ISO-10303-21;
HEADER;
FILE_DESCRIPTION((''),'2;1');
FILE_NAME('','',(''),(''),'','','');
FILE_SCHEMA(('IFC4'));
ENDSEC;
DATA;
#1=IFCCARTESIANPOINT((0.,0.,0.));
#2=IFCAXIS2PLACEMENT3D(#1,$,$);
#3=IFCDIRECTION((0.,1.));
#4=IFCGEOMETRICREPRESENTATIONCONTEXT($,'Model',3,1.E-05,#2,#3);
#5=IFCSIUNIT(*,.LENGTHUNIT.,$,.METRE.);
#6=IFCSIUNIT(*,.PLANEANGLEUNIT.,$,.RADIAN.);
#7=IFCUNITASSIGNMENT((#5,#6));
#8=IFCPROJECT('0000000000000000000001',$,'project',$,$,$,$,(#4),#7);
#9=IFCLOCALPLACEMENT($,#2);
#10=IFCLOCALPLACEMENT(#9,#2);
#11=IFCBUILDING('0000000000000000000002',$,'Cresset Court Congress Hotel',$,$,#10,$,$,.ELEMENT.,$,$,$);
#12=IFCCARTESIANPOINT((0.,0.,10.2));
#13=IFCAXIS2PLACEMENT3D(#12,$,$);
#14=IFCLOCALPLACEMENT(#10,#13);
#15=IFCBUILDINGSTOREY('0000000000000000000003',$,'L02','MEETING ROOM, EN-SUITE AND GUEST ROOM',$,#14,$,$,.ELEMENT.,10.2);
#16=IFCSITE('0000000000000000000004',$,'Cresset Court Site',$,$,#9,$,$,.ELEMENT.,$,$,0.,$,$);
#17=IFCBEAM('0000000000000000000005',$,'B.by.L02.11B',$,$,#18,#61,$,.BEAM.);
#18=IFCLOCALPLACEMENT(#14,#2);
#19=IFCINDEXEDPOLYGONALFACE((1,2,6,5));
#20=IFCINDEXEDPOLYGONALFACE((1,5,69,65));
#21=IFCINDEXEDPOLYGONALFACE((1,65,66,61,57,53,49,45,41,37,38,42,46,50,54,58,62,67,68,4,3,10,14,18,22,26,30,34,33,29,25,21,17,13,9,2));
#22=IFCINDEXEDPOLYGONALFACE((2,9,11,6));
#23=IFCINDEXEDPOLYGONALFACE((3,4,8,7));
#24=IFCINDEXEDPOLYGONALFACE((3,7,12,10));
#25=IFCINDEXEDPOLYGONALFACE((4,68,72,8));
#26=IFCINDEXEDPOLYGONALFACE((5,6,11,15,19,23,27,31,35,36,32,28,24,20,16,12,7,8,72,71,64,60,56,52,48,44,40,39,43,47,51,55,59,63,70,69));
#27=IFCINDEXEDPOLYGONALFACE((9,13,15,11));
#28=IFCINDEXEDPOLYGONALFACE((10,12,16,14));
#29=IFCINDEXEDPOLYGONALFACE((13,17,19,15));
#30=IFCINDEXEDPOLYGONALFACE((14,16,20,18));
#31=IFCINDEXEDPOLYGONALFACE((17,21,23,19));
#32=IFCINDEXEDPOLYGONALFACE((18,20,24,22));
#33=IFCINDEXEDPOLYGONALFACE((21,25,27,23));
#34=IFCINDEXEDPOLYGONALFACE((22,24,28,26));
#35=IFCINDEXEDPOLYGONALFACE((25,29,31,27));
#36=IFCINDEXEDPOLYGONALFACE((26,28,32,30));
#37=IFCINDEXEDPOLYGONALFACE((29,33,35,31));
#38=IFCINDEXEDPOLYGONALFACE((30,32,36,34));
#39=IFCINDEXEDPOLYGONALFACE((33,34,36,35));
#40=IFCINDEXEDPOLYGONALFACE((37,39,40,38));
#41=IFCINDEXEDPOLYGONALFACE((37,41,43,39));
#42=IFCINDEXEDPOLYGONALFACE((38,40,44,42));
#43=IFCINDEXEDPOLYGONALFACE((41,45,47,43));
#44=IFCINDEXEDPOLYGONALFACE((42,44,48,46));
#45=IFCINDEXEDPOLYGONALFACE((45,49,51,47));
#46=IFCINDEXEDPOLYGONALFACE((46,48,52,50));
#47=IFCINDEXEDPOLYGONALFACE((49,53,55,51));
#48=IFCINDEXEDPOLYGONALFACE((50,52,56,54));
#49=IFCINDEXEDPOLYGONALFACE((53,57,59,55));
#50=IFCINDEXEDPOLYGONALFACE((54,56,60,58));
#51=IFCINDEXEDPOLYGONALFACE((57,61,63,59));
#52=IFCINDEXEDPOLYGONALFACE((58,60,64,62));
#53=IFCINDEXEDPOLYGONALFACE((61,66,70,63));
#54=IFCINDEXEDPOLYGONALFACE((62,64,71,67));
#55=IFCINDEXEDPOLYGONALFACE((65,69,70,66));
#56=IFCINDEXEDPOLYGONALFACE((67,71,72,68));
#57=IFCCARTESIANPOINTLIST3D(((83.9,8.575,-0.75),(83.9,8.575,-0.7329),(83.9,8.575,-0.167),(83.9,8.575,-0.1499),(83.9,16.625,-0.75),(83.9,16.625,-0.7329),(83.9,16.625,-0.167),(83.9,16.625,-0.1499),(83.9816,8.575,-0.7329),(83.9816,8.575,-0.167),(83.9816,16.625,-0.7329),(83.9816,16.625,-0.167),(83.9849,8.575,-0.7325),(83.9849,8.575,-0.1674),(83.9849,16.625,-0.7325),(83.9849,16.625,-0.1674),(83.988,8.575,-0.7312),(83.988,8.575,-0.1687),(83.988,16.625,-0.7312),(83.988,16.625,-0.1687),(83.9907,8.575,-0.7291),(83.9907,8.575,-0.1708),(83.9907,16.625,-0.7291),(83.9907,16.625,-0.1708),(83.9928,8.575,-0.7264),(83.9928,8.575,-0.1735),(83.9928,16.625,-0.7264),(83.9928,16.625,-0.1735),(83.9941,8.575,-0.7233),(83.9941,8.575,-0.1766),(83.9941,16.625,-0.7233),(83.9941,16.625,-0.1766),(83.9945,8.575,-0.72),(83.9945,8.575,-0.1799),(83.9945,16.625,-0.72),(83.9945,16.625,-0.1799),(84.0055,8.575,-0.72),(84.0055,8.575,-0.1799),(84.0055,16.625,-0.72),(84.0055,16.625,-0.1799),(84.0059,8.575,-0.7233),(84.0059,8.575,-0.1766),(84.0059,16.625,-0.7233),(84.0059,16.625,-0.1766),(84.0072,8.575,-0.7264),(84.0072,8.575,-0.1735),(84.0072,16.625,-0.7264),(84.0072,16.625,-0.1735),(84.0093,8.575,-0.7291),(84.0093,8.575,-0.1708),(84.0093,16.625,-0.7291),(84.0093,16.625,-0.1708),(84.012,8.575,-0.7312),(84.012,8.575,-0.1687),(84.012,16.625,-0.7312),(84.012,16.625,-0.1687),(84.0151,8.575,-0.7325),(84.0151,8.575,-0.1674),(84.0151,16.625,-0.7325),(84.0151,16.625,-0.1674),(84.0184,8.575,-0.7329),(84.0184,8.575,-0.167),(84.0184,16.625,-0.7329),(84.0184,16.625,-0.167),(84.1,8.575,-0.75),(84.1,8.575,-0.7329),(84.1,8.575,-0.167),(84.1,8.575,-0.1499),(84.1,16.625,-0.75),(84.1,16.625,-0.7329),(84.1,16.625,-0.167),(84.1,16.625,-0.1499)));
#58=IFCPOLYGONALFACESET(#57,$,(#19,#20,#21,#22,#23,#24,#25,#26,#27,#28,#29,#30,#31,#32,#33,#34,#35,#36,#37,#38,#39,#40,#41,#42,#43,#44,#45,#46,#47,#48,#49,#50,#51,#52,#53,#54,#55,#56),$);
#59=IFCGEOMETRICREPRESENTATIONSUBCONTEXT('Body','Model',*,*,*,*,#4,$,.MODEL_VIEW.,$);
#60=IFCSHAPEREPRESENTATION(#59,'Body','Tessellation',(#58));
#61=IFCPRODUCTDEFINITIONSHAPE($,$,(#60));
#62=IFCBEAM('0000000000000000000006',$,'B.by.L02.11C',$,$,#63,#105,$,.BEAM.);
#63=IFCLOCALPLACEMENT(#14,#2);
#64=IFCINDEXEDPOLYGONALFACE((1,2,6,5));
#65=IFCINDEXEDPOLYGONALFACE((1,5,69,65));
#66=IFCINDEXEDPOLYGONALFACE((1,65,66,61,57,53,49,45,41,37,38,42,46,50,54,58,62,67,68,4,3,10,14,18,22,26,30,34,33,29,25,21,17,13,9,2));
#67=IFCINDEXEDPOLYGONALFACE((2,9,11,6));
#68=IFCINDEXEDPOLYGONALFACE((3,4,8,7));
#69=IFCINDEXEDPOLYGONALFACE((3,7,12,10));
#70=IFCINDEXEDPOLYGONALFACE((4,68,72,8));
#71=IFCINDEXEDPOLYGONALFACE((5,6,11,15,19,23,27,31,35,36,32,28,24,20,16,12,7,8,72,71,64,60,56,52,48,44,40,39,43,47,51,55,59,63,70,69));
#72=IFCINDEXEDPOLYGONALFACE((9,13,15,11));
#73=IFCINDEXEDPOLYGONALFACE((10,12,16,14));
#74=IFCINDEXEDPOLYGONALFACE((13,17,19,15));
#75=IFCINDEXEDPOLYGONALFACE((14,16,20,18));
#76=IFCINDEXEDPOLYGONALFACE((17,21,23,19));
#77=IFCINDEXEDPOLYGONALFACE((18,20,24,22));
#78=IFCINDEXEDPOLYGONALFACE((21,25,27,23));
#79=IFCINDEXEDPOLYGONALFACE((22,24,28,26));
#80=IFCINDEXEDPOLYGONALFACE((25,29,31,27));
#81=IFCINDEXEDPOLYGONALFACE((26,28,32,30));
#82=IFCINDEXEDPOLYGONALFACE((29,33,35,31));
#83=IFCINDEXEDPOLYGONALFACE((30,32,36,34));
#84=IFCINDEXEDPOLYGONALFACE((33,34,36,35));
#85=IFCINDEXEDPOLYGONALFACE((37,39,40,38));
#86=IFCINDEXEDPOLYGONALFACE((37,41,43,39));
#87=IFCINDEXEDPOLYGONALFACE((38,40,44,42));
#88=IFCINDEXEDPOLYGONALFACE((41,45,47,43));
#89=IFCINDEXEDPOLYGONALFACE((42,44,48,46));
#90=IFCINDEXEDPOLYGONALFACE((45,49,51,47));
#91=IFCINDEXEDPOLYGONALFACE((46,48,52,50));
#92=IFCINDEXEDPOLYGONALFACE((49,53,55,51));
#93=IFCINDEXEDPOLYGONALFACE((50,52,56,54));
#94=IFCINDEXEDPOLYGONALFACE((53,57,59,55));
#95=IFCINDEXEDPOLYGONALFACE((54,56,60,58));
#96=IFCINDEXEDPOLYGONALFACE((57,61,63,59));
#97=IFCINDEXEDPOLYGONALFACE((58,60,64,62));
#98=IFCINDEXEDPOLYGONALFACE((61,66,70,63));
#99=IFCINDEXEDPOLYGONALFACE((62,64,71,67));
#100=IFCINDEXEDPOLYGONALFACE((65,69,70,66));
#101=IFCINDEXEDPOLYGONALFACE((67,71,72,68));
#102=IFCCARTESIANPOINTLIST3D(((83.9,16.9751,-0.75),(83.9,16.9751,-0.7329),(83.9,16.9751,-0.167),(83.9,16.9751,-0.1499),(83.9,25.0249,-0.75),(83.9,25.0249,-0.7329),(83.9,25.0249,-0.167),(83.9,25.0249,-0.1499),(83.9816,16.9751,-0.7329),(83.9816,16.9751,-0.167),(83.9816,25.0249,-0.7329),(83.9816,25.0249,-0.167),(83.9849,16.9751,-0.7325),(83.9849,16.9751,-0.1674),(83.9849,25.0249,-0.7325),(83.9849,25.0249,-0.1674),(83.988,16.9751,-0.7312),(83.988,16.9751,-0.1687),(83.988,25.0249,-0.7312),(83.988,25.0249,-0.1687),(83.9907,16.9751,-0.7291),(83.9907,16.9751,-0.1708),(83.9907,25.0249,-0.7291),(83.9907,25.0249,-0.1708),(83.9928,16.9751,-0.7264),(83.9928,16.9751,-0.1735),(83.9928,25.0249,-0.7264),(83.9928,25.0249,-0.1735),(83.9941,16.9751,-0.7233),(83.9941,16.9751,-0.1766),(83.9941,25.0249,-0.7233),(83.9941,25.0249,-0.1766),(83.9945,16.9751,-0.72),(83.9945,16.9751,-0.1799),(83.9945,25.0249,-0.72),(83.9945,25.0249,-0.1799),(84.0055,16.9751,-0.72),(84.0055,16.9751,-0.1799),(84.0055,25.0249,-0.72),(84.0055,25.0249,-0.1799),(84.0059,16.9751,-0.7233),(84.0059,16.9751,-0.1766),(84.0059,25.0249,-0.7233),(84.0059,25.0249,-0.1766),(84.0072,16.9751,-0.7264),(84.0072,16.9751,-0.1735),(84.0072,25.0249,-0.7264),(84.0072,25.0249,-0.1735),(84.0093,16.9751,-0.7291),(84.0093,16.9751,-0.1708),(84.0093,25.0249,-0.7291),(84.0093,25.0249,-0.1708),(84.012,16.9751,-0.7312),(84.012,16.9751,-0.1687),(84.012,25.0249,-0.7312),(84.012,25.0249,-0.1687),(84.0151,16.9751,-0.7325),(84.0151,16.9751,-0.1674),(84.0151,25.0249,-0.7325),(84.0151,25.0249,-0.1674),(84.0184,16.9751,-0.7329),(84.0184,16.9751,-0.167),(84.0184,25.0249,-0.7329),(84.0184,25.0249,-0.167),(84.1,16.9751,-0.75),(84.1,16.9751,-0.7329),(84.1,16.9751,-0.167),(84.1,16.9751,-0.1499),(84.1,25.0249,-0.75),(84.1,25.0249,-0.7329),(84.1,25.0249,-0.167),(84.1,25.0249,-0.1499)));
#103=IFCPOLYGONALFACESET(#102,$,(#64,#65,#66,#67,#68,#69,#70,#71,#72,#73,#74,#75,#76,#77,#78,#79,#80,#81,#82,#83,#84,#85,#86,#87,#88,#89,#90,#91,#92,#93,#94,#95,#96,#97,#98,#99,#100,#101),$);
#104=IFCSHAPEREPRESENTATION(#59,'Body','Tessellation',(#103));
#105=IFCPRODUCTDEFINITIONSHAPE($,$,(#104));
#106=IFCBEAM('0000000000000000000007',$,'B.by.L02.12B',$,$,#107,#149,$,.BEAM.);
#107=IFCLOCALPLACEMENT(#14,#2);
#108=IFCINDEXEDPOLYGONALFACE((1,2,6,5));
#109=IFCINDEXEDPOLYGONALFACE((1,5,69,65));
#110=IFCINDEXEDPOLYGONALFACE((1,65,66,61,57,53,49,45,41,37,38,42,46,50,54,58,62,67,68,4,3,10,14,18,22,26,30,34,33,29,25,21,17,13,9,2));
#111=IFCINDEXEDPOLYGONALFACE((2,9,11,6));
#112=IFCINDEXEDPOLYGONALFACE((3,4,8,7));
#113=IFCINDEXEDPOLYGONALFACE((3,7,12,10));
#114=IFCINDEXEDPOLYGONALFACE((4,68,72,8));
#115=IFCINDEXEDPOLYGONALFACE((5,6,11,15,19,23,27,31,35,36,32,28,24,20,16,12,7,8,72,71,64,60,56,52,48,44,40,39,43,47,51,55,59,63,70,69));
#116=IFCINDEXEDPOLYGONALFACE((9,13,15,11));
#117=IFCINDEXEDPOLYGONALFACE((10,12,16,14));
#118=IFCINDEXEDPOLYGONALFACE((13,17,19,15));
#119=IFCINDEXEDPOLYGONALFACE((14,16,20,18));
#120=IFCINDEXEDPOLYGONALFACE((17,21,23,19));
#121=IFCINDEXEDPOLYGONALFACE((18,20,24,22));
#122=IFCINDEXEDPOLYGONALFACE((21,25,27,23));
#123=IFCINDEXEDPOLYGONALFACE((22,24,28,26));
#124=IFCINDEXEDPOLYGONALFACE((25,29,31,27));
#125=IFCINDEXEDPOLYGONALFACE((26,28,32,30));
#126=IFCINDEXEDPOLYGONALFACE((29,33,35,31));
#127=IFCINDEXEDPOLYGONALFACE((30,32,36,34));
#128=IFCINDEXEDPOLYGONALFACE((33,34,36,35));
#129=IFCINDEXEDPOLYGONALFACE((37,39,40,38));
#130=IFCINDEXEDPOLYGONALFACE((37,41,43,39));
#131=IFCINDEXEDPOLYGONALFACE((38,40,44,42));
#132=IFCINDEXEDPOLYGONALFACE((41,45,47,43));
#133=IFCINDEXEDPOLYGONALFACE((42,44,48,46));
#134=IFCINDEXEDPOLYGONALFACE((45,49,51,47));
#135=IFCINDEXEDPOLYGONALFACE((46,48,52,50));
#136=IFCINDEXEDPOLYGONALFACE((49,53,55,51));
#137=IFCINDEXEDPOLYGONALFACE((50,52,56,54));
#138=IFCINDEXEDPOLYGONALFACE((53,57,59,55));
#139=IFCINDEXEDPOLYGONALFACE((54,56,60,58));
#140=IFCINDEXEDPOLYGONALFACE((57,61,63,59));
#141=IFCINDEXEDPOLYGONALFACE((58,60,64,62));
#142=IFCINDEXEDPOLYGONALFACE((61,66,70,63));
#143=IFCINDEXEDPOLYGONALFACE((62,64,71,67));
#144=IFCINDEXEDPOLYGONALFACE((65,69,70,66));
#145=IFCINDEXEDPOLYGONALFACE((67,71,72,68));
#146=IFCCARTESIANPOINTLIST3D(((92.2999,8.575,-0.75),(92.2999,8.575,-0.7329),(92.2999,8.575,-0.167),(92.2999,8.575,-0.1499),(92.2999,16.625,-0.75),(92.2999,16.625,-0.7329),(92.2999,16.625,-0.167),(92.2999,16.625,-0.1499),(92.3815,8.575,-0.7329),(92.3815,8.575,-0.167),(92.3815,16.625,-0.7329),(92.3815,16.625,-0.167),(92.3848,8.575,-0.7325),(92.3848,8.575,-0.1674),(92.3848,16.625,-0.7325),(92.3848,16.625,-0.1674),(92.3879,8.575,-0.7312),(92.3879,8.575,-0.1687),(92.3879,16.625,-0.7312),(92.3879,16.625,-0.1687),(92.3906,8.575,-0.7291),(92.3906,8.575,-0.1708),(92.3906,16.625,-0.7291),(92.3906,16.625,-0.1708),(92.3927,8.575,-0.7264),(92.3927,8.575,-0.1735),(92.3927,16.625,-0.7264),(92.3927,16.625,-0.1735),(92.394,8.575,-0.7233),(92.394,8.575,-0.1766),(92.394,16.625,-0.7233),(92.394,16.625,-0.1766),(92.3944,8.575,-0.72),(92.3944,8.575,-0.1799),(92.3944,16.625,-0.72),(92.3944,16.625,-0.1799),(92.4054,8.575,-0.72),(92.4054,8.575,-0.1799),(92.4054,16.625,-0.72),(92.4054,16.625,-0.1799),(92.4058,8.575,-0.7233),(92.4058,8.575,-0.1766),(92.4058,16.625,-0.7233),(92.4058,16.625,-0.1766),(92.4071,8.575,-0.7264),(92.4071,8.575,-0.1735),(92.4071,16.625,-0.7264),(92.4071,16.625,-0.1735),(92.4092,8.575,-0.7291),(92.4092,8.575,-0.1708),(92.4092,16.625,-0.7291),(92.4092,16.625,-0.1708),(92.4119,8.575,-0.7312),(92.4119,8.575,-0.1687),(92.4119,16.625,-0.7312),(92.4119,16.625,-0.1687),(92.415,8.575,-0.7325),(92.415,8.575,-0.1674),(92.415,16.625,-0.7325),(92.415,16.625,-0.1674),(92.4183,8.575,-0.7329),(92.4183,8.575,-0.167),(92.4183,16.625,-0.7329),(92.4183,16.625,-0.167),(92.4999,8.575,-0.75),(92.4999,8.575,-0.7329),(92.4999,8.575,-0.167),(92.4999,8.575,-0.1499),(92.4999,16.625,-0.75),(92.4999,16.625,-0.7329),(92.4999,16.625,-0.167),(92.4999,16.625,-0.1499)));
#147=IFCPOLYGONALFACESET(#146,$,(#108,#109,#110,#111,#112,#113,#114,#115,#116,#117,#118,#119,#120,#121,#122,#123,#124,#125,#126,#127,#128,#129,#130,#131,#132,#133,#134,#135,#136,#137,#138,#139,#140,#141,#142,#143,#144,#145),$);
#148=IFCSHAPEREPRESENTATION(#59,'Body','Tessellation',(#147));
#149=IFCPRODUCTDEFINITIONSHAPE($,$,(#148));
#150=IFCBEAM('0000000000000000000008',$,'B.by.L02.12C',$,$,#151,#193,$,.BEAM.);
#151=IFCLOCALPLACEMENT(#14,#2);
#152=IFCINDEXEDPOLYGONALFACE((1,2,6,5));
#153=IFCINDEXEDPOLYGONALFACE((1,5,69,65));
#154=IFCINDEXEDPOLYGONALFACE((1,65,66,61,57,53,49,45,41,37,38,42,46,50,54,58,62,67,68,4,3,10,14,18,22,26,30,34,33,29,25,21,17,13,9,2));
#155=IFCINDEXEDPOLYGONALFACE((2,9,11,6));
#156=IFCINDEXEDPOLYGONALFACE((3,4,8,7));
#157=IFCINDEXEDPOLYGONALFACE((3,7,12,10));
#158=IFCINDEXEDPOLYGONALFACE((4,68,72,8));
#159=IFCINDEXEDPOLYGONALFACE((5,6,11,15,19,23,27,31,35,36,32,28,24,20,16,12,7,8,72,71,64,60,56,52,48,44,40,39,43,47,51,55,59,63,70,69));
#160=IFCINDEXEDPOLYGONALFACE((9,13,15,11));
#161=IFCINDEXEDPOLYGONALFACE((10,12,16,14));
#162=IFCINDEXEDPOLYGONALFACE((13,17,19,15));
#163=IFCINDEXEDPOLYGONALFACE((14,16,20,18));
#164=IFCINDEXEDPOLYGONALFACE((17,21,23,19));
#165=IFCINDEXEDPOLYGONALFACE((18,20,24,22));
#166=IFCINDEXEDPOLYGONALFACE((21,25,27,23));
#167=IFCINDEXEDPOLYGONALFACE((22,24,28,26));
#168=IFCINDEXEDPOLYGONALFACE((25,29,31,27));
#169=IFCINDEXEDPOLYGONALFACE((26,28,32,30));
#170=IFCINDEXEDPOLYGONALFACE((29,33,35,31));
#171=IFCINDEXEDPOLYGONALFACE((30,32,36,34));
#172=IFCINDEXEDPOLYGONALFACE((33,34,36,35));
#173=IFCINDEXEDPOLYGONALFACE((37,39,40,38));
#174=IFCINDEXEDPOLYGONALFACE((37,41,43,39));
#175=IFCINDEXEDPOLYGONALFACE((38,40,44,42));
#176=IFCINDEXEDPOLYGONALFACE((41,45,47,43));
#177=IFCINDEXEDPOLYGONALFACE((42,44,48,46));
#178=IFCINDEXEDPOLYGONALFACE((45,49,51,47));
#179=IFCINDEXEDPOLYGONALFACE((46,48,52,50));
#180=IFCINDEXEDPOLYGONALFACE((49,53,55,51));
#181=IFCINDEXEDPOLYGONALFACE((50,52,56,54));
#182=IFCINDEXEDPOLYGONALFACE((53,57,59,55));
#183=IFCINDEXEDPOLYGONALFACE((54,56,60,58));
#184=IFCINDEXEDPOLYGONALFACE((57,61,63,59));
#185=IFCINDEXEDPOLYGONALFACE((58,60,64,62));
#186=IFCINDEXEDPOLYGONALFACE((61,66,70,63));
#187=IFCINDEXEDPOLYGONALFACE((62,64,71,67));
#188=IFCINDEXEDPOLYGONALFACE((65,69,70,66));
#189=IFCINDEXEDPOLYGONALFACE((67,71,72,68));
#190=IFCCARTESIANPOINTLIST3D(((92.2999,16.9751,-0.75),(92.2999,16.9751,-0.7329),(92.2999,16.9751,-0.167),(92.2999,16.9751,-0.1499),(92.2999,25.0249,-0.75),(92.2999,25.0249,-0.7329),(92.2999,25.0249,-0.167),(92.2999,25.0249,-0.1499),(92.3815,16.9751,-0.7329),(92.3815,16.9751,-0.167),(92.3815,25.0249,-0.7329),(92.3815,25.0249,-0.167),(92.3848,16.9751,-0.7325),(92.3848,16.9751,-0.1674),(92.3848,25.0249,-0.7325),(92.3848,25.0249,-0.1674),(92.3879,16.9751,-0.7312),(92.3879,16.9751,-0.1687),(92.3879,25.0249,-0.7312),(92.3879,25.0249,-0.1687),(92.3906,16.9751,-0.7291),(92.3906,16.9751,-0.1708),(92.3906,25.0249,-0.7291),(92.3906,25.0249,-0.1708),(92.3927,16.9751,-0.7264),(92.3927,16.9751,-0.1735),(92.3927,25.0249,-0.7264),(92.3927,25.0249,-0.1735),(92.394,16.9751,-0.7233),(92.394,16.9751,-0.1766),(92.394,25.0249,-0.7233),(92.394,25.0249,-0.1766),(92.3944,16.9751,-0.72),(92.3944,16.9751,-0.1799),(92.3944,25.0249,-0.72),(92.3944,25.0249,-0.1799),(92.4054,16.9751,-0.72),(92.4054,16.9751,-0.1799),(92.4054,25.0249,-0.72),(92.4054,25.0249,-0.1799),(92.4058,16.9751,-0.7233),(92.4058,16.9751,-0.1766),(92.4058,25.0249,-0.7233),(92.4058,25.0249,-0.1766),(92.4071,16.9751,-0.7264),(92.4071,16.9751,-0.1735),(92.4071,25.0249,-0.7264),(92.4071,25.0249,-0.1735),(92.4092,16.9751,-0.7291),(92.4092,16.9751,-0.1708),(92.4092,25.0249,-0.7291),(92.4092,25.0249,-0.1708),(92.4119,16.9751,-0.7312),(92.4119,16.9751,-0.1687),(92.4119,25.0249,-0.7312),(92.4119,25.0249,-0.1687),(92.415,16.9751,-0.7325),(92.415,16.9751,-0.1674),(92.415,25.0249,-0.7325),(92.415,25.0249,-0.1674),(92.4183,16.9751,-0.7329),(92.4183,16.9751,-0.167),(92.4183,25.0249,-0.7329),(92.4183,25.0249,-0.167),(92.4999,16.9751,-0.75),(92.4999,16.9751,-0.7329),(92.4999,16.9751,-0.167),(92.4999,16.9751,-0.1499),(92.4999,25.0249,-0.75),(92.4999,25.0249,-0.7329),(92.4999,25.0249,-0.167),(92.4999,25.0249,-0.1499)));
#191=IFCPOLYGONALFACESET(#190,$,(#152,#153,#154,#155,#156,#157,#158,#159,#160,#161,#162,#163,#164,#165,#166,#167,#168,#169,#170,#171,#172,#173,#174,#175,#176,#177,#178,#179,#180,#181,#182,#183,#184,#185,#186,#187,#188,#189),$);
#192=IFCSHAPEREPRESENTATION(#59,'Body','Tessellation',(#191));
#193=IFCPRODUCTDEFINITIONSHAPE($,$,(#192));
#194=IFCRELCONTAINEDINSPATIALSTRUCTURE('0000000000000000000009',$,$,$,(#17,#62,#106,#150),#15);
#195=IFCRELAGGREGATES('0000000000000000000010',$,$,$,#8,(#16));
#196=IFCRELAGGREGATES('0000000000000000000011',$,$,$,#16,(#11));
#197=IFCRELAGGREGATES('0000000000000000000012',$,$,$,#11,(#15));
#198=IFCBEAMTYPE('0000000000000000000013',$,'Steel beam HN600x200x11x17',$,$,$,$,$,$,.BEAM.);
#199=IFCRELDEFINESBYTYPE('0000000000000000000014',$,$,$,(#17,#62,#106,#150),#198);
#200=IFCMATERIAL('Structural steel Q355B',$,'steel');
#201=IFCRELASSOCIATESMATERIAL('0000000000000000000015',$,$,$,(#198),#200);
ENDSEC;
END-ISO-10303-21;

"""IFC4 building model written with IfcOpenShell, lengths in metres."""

from ifc_helpers import new_model, si_unit, direction, frame, origin, origin_2d, place, context, subcontext, project, spatial, i_section, extrude, material, material_profile, profile_set, type_object, element, save


model = new_model("IFC4")

# Units and contexts
model_context = context("Model", 3, precision=1e-05, world=origin(), true_north=direction((0.0, 1.0)))
body_context = subcontext(model_context, "Body", "Model", "MODEL_VIEW")
ifc_project = project(units=[si_unit("LENGTHUNIT", "METRE"), si_unit("PLANEANGLEUNIT", "RADIAN")], contexts=[model_context])

# Site, building, storey
site_placement = place(None, origin())
site = spatial("IfcSite", under=ifc_project, at=site_placement, Name="Cresset Court Site", CompositionType="ELEMENT", RefElevation=0.0)
building_placement = place(site_placement, origin())
building = spatial("IfcBuilding", under=site, at=building_placement, Name="Cresset Court Congress Hotel", CompositionType="ELEMENT")
storey_placement = place(building_placement, frame((0.0, 0.0, 10.2)))
storey = spatial("IfcBuildingStorey", under=building, at=storey_placement, Name="L02", Description="MEETING ROOM, EN-SUITE AND GUEST ROOM", CompositionType="ELEMENT", Elevation=10.2)

# Beams
ifc_material_1 = material(Name="Structural steel Q355B", Category="steel")
ifc_material_profile_1 = material_profile(ifc_material_1, i_section(OverallWidth=0.2, OverallDepth=0.6001, WebThickness=0.011, FlangeThickness=0.0171, FilletRadius=0.0129, at=origin_2d()), Name="HN600x200x11x17")
ifc_profile_set_1 = profile_set([ifc_material_profile_1], Name="Structural steel Q355B")
beam_type_1 = type_object("IfcBeamType", Name="Steel beam HN600x200x11x17", PredefinedType="BEAM", material=ifc_profile_set_1)
beam_1_placement = place(storey_placement, frame((84.0, 8.575, -0.45), z_axis=(0.0, 1.0, 0.0), x_axis=(-1.0, 0.0, 0.0)))
element("IfcBeam", 1, at=beam_1_placement, inside=storey, type_object=beam_type_1, Name="B.by.L02.11B", PredefinedType="BEAM", context=body_context, shape_type="SweptSolid", body=[
    extrude(i_section(OverallWidth=0.2, OverallDepth=0.6001, WebThickness=0.011, FlangeThickness=0.0171, FilletRadius=0.0129, at=origin_2d()), origin(), (0.0, 0.0, 1.0), 8.05),
])
beam_2_placement = place(storey_placement, frame((84.0, 16.9751, -0.45), z_axis=(0.0, 1.0, 0.0), x_axis=(-1.0, 0.0, 0.0)))
element("IfcBeam", 2, at=beam_2_placement, inside=storey, type_object=beam_type_1, Name="B.by.L02.11C", PredefinedType="BEAM", context=body_context, shape_type="SweptSolid", body=[
    extrude(i_section(OverallWidth=0.2, OverallDepth=0.6001, WebThickness=0.011, FlangeThickness=0.0171, FilletRadius=0.0129, at=origin_2d()), origin(), (0.0, 0.0, 1.0), 8.0498),
])
beam_3_placement = place(storey_placement, frame((92.3999, 8.575, -0.45), z_axis=(0.0, 1.0, 0.0), x_axis=(-1.0, 0.0, 0.0)))
element("IfcBeam", 3, at=beam_3_placement, inside=storey, type_object=beam_type_1, Name="B.by.L02.12B", PredefinedType="BEAM", context=body_context, shape_type="SweptSolid", body=[
    extrude(i_section(OverallWidth=0.2, OverallDepth=0.6001, WebThickness=0.011, FlangeThickness=0.0171, FilletRadius=0.0129, at=origin_2d()), origin(), (0.0, 0.0, 1.0), 8.05),
])
beam_4_placement = place(storey_placement, frame((92.3999, 16.9751, -0.45), z_axis=(0.0, 1.0, 0.0), x_axis=(-1.0, 0.0, 0.0)))
element("IfcBeam", 4, at=beam_4_placement, inside=storey, type_object=beam_type_1, Name="B.by.L02.12C", PredefinedType="BEAM", context=body_context, shape_type="SweptSolid", body=[
    extrude(i_section(OverallWidth=0.2, OverallDepth=0.6001, WebThickness=0.011, FlangeThickness=0.0171, FilletRadius=0.0129, at=origin_2d()), origin(), (0.0, 0.0, 1.0), 8.0498),
])

save(model, "model.ifc")
